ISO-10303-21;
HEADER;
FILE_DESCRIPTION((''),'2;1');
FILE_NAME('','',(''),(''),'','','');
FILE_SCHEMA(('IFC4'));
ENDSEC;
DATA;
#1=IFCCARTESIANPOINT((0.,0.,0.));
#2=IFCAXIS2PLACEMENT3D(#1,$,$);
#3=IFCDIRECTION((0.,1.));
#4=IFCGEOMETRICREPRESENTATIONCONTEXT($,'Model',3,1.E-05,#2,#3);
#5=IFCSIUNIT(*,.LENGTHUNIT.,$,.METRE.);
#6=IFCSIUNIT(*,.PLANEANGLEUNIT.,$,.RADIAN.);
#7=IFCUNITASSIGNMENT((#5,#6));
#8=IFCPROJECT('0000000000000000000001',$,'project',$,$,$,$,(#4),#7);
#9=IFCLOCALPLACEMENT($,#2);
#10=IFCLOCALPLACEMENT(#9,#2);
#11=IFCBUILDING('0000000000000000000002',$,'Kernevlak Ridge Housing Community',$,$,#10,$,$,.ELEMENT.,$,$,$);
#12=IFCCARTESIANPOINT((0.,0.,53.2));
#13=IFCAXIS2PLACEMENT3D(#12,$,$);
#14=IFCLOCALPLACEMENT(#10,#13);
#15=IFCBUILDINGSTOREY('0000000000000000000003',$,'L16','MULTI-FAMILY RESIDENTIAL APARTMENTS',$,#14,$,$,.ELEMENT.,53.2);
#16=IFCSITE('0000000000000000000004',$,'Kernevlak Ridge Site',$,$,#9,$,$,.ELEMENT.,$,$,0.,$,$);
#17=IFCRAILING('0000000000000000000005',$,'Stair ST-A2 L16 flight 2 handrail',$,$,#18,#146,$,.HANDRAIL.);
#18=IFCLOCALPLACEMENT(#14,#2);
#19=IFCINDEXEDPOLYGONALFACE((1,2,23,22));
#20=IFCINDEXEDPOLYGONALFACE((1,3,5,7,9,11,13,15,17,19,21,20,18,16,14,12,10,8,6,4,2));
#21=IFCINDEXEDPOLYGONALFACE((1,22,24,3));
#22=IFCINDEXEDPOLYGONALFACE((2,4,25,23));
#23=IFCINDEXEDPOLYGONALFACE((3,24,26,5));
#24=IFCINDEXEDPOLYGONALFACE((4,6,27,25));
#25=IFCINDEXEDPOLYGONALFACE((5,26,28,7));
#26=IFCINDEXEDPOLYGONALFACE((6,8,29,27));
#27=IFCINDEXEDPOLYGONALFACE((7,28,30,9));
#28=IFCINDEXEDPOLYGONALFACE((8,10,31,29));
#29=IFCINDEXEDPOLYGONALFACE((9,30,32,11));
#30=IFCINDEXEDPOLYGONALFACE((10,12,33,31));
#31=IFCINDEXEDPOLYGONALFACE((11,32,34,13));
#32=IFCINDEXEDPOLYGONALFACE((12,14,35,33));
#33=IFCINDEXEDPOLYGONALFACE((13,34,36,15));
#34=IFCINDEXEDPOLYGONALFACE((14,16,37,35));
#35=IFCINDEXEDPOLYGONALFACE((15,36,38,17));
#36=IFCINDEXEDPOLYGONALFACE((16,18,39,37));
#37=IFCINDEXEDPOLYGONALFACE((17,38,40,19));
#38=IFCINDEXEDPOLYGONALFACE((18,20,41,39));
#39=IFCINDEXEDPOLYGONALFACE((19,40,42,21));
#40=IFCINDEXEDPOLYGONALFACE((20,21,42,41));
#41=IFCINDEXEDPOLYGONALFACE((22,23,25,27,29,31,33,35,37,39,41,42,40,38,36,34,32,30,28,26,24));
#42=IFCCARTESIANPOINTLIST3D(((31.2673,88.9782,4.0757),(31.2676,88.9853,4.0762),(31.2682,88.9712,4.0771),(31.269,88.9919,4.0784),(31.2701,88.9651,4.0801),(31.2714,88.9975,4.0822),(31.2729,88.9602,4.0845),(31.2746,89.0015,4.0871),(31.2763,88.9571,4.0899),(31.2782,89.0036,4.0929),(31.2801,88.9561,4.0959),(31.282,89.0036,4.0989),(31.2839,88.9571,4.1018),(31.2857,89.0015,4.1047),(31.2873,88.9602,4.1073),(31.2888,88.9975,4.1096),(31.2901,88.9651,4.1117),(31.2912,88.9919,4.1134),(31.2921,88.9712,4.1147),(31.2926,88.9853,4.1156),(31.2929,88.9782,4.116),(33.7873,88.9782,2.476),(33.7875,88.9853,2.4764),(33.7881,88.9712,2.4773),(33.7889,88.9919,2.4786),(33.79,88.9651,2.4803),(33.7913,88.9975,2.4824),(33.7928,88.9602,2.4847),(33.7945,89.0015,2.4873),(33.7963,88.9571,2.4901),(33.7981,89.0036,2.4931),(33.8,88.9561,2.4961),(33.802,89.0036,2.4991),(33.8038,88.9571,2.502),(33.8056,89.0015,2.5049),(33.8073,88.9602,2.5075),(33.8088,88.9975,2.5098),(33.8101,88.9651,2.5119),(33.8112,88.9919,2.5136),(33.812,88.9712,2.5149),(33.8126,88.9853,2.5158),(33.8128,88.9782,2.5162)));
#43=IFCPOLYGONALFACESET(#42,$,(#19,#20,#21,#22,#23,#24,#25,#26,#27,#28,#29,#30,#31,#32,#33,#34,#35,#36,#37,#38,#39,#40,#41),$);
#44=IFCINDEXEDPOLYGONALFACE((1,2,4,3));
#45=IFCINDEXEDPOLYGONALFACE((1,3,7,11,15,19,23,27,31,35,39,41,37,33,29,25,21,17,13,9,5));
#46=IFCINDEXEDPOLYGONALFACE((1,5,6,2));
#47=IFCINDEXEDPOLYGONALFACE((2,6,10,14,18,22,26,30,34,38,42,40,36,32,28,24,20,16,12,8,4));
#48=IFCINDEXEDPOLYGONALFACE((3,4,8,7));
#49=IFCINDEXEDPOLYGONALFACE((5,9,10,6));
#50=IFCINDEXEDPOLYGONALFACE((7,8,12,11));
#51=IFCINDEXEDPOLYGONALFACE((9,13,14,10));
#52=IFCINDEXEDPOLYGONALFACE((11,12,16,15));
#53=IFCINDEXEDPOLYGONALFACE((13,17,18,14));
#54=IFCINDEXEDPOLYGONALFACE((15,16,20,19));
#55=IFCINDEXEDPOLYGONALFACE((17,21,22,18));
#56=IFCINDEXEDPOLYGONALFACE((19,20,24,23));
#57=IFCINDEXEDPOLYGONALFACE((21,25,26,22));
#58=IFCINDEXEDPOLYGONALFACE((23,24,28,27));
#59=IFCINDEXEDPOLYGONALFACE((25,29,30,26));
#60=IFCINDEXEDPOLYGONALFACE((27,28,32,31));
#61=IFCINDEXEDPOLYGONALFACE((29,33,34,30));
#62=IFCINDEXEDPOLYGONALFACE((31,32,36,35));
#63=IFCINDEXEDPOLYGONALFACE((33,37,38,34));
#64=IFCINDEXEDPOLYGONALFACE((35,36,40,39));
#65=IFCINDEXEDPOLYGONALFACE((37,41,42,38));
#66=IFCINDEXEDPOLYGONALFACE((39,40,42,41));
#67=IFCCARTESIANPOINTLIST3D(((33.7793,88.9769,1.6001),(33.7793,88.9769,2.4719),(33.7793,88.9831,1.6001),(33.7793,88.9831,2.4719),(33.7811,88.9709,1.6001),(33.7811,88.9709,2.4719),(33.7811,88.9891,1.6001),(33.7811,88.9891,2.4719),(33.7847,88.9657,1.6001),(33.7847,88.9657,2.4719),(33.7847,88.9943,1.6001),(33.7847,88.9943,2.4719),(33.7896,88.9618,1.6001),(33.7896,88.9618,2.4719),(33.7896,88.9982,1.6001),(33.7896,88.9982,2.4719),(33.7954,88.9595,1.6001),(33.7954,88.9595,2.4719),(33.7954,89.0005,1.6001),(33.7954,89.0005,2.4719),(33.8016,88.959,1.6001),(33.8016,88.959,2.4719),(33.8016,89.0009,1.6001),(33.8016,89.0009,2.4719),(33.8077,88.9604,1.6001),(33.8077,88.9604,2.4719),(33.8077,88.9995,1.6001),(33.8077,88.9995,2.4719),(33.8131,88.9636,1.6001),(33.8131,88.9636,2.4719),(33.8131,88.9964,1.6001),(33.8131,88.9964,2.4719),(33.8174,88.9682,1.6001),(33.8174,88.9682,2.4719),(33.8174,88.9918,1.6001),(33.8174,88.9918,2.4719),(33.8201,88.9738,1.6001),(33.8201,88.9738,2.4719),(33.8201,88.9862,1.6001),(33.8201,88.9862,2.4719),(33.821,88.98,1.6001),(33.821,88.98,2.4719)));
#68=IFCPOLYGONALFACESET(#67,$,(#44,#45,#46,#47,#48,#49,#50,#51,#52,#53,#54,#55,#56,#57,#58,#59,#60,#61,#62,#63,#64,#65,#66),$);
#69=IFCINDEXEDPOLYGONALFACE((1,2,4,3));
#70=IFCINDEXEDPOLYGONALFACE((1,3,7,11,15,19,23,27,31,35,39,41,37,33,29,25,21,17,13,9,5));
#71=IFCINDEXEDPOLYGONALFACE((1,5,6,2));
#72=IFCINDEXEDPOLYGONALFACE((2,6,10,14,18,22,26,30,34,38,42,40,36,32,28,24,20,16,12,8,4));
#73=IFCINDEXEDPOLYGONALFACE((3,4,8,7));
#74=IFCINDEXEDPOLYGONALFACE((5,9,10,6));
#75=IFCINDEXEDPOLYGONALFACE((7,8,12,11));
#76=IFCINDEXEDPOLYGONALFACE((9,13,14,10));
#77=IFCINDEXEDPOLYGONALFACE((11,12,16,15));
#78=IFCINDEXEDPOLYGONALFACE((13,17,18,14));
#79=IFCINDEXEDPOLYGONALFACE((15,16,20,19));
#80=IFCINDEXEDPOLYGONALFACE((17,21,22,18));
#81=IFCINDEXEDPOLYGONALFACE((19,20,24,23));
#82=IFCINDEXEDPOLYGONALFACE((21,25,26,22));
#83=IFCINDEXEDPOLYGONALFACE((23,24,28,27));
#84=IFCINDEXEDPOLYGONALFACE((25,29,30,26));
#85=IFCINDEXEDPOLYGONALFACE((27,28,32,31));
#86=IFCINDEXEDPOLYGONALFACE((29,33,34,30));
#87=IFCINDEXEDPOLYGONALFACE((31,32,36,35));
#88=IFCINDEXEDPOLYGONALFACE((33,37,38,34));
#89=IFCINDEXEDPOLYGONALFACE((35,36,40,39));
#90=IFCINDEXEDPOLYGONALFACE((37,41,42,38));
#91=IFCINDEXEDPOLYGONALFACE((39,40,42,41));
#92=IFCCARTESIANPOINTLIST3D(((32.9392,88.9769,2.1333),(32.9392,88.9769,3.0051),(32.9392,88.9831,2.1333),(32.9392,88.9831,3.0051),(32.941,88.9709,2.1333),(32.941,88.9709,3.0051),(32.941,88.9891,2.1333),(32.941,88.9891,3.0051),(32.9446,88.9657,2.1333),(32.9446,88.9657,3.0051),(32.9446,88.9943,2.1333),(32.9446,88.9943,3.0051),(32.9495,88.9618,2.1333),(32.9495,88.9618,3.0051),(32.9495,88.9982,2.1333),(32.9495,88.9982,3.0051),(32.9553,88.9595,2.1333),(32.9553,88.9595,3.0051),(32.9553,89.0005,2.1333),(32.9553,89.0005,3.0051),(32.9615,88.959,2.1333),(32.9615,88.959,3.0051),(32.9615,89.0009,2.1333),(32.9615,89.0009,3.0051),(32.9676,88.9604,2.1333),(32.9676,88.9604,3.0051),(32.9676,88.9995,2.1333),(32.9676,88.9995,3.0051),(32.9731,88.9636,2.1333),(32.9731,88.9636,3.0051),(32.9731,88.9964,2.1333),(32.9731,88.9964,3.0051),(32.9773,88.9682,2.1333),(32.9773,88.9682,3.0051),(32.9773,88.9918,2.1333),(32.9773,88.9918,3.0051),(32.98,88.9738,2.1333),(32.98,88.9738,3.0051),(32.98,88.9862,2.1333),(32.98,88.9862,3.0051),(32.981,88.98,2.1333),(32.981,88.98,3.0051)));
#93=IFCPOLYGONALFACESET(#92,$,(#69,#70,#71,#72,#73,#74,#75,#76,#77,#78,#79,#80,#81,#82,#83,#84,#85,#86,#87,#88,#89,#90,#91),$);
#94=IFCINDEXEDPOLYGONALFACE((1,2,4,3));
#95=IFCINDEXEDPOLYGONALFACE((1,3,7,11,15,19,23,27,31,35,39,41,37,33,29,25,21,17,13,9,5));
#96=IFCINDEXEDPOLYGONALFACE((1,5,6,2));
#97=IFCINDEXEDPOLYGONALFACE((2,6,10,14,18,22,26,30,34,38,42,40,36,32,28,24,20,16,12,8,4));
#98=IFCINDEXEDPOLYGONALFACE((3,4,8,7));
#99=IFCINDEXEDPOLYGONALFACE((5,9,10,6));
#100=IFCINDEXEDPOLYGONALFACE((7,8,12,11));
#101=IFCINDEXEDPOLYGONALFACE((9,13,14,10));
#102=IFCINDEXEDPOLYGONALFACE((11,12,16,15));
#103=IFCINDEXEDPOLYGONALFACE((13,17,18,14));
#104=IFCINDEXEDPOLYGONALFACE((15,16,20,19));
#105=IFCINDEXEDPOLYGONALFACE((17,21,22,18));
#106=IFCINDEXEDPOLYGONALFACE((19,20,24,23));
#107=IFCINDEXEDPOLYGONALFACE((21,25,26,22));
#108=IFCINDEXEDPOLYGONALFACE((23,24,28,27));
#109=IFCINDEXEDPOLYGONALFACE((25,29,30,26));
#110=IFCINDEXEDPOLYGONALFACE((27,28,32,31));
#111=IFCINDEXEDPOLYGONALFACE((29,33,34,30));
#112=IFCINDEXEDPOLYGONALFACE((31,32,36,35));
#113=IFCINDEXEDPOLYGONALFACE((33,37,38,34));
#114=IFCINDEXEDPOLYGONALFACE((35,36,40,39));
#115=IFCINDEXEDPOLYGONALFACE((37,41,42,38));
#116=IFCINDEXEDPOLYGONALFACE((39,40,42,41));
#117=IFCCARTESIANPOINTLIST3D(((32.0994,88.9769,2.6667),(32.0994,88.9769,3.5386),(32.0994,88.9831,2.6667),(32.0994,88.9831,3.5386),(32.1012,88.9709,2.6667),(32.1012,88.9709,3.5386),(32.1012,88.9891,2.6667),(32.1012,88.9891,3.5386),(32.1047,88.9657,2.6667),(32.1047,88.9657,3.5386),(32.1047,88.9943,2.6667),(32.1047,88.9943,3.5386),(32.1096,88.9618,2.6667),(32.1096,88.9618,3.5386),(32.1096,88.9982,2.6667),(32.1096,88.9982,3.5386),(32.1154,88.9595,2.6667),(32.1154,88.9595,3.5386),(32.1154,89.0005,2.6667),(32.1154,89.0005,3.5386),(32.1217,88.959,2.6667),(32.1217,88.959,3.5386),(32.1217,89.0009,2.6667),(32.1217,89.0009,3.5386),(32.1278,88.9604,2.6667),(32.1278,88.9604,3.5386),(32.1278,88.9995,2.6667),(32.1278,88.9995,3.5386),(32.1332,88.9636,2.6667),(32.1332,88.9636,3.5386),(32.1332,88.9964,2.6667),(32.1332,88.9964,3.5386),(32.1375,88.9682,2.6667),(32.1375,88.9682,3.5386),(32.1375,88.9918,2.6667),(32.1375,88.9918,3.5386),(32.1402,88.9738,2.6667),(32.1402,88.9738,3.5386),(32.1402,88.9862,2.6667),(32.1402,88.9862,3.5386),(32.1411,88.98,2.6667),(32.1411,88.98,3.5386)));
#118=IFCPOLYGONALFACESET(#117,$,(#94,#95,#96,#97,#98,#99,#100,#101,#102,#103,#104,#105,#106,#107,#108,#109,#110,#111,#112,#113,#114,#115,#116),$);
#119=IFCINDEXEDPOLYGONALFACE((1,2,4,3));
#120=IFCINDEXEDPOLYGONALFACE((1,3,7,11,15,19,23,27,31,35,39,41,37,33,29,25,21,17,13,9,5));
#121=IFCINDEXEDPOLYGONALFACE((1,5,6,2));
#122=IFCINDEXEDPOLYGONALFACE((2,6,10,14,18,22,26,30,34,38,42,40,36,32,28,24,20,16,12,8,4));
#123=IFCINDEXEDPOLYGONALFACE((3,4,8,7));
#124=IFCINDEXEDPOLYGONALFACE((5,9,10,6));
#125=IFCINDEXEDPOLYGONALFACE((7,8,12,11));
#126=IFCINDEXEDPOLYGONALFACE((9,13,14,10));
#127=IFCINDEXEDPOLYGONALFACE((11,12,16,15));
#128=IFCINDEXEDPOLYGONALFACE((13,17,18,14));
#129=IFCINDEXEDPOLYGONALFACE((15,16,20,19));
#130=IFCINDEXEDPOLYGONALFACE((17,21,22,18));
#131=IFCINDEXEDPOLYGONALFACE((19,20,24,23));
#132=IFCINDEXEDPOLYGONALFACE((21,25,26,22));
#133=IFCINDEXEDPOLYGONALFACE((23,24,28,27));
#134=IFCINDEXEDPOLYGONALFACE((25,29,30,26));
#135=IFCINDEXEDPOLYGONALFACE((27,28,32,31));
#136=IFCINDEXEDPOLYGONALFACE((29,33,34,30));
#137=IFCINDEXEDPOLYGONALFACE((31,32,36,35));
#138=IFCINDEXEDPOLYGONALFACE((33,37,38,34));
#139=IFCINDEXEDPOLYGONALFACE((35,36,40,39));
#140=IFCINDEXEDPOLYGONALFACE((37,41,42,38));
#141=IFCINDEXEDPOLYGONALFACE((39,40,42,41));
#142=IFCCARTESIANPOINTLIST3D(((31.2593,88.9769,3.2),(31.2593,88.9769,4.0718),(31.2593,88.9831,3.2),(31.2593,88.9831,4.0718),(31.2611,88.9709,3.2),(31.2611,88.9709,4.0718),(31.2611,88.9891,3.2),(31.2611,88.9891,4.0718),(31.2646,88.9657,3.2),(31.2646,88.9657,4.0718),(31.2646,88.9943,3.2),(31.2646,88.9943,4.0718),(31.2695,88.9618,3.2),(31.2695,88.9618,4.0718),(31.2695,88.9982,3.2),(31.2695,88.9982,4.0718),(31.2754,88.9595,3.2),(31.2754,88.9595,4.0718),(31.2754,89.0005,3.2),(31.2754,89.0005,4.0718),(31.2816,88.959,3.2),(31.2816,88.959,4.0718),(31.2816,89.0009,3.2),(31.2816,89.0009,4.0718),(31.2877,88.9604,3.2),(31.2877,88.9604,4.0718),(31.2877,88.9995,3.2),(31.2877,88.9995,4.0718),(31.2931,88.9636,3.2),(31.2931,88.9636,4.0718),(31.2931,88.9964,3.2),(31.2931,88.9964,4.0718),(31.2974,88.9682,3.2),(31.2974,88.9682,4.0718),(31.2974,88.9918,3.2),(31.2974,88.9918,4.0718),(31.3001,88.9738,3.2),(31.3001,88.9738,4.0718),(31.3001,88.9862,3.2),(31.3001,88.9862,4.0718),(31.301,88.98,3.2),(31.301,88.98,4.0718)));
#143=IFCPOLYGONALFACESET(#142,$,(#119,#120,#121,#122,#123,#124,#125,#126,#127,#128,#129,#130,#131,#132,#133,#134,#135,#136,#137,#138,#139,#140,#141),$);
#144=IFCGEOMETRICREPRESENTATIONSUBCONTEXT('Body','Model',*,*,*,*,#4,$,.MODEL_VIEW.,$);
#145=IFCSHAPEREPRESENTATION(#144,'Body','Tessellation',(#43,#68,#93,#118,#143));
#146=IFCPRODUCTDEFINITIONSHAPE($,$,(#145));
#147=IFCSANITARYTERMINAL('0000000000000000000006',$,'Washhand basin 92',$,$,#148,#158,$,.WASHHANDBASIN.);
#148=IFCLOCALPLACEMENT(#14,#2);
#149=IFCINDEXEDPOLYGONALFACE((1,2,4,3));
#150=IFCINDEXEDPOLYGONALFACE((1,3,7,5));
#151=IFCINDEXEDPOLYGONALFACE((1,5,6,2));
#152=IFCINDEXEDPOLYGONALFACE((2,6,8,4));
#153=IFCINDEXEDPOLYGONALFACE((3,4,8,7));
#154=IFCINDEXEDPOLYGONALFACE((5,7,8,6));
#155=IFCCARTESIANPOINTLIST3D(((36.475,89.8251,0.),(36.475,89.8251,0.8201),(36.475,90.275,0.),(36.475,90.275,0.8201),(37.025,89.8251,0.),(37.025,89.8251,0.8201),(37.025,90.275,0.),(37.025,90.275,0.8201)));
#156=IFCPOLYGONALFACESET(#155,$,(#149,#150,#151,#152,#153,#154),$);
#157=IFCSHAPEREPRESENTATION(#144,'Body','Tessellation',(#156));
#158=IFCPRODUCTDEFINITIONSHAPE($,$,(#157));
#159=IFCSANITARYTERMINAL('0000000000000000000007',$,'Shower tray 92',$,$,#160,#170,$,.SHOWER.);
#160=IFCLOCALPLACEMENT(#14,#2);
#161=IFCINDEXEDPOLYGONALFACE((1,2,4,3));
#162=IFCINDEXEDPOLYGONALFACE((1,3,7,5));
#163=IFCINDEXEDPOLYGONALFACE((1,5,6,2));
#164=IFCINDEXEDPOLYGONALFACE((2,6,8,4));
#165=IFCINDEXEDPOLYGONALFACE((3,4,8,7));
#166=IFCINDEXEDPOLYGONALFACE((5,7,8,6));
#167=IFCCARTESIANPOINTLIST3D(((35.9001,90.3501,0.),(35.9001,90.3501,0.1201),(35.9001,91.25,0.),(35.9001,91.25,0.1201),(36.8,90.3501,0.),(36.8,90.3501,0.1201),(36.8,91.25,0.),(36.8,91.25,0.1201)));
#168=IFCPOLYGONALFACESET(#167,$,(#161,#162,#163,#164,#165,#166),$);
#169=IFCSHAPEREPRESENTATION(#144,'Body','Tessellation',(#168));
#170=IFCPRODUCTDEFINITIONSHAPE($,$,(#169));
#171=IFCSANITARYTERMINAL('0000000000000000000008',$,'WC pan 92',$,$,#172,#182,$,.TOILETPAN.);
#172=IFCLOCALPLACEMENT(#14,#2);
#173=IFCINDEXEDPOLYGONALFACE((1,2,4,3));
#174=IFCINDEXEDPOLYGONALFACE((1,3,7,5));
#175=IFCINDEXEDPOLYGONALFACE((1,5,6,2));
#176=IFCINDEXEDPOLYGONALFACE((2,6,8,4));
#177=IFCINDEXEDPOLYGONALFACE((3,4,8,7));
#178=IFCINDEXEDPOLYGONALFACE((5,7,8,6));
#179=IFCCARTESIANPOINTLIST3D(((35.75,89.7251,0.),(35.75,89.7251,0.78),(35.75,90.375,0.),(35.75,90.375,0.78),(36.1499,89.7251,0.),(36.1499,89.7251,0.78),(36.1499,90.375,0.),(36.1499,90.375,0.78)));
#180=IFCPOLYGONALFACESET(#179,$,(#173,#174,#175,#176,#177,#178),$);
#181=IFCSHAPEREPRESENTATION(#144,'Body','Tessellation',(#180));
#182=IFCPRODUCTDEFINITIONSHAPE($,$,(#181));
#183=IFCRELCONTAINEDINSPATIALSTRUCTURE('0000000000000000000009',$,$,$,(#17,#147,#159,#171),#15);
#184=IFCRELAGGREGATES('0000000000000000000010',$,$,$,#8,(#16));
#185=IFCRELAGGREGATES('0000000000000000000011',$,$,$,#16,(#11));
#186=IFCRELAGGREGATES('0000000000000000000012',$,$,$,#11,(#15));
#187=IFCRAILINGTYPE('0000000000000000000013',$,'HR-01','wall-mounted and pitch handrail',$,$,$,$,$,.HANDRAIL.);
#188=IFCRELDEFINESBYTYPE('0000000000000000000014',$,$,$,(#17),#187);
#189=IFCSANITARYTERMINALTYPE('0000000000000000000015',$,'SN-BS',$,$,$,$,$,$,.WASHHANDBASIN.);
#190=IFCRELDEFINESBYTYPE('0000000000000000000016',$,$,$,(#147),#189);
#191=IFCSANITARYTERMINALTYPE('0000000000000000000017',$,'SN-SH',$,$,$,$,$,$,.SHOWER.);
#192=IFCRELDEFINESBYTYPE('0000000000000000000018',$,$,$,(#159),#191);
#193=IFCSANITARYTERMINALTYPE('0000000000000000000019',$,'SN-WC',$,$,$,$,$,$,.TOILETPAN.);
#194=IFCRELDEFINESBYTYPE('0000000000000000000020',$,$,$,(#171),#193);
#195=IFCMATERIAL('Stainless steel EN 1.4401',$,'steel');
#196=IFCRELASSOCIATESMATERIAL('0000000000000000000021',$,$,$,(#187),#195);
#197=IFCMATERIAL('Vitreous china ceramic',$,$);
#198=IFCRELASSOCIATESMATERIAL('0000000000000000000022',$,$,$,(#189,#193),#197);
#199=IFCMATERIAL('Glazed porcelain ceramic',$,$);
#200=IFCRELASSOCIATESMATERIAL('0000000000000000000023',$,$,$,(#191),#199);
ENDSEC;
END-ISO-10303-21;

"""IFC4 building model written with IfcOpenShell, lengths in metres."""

from ifc_helpers import new_model, si_unit, direction, frame, origin, origin_2d, place, context, subcontext, project, spatial, rectangle, circle, extrude, material, type_object, element, save


model = new_model("IFC4")

# Units and contexts
model_context = context("Model", 3, precision=1e-05, world=origin(), true_north=direction((0.0, 1.0)))
body_context = subcontext(model_context, "Body", "Model", "MODEL_VIEW")
ifc_project = project(units=[si_unit("LENGTHUNIT", "METRE"), si_unit("PLANEANGLEUNIT", "RADIAN")], contexts=[model_context])

# Site, building, storey
site_placement = place(None, origin())
site = spatial("IfcSite", under=ifc_project, at=site_placement, Name="Kernevlak Ridge Site", CompositionType="ELEMENT", RefElevation=0.0)
building_placement = place(site_placement, origin())
building = spatial("IfcBuilding", under=site, at=building_placement, Name="Kernevlak Ridge Housing Community", CompositionType="ELEMENT")
storey_placement = place(building_placement, frame((0.0, 0.0, 53.2)))
storey = spatial("IfcBuildingStorey", under=building, at=storey_placement, Name="L16", Description="MULTI-FAMILY RESIDENTIAL APARTMENTS", CompositionType="ELEMENT", Elevation=53.2)

# Railing
ifc_material_1 = material(Name="Stainless steel EN 1.4401", Category="steel")
railing_type_1 = type_object("IfcRailingType", Name="HR-01", Description="wall-mounted and pitch handrail", PredefinedType="HANDRAIL", material=ifc_material_1)
railing_1_placement = place(storey_placement, frame((33.8, 88.98, 1.6001)))
element("IfcRailing", 1, at=railing_1_placement, inside=storey, type_object=railing_type_1, Name="Stair ST-A2 L16 flight 2 handrail", PredefinedType="HANDRAIL", context=body_context, shape_type="SweptSolid", body=[
    extrude(circle(Radius=0.0239, at=origin_2d()), frame((0.0, 0.0, 0.896), z_axis=(-0.844237, 0.0, 0.53597), x_axis=(0.0, -1.0, 0.0)), (0.0, 0.0, 1.0), 2.9849),
    extrude(circle(Radius=0.021, at=origin_2d()), origin(), (0.0, 0.0, 1.0), 0.8718),
    extrude(circle(Radius=0.021, at=origin_2d()), frame((-0.8401, 0.0, 0.5332)), (0.0, 0.0, 1.0), 0.8718),
    extrude(circle(Radius=0.021, at=origin_2d()), frame((-1.6799, 0.0, 1.0667)), (0.0, 0.0, 1.0), 0.8718),
    extrude(circle(Radius=0.021, at=origin_2d()), frame((-2.52, 0.0, 1.5999)), (0.0, 0.0, 1.0), 0.8718),
])

# Sanitary terminals
ifc_material_2 = material(Name="Vitreous china ceramic")
sanitary_terminal_type_1 = type_object("IfcSanitaryTerminalType", Name="SN-BS", PredefinedType="WASHHANDBASIN", material=ifc_material_2)
sanitary_terminal_1_placement = place(storey_placement, frame((36.75, 90.05, 0.0), z_axis=(0.0, 0.0, 1.0), x_axis=(1.0, 0.0, 0.0)))
element("IfcSanitaryTerminal", 2, at=sanitary_terminal_1_placement, inside=storey, type_object=sanitary_terminal_type_1, Name="Washhand basin 92", PredefinedType="WASHHANDBASIN", context=body_context, shape_type="SweptSolid", body=[
    extrude(rectangle(XDim=0.55, YDim=0.45, at=origin_2d()), origin(), (0.0, 0.0, 1.0), 0.8201),
])
ifc_material_3 = material(Name="Glazed porcelain ceramic")
sanitary_terminal_type_2 = type_object("IfcSanitaryTerminalType", Name="SN-SH", PredefinedType="SHOWER", material=ifc_material_3)
sanitary_terminal_2_placement = place(storey_placement, frame((36.3501, 90.8, 0.0), z_axis=(0.0, 0.0, 1.0), x_axis=(1.0, 0.0, 0.0)))
element("IfcSanitaryTerminal", 3, at=sanitary_terminal_2_placement, inside=storey, type_object=sanitary_terminal_type_2, Name="Shower tray 92", PredefinedType="SHOWER", context=body_context, shape_type="SweptSolid", body=[
    extrude(rectangle(XDim=0.8999, YDim=0.8999, at=origin_2d()), origin(), (0.0, 0.0, 1.0), 0.1201),
])
sanitary_terminal_type_3 = type_object("IfcSanitaryTerminalType", Name="SN-WC", PredefinedType="TOILETPAN", material=ifc_material_2)
sanitary_terminal_3_placement = place(storey_placement, frame((35.95, 90.05, 0.0), z_axis=(0.0, 0.0, 1.0), x_axis=(1.0, 0.0, 0.0)))
element("IfcSanitaryTerminal", 4, at=sanitary_terminal_3_placement, inside=storey, type_object=sanitary_terminal_type_3, Name="WC pan 92", PredefinedType="TOILETPAN", context=body_context, shape_type="SweptSolid", body=[
    extrude(rectangle(XDim=0.3999, YDim=0.6499, at=origin_2d()), origin(), (0.0, 0.0, 1.0), 0.78),
])

save(model, "model.ifc")
